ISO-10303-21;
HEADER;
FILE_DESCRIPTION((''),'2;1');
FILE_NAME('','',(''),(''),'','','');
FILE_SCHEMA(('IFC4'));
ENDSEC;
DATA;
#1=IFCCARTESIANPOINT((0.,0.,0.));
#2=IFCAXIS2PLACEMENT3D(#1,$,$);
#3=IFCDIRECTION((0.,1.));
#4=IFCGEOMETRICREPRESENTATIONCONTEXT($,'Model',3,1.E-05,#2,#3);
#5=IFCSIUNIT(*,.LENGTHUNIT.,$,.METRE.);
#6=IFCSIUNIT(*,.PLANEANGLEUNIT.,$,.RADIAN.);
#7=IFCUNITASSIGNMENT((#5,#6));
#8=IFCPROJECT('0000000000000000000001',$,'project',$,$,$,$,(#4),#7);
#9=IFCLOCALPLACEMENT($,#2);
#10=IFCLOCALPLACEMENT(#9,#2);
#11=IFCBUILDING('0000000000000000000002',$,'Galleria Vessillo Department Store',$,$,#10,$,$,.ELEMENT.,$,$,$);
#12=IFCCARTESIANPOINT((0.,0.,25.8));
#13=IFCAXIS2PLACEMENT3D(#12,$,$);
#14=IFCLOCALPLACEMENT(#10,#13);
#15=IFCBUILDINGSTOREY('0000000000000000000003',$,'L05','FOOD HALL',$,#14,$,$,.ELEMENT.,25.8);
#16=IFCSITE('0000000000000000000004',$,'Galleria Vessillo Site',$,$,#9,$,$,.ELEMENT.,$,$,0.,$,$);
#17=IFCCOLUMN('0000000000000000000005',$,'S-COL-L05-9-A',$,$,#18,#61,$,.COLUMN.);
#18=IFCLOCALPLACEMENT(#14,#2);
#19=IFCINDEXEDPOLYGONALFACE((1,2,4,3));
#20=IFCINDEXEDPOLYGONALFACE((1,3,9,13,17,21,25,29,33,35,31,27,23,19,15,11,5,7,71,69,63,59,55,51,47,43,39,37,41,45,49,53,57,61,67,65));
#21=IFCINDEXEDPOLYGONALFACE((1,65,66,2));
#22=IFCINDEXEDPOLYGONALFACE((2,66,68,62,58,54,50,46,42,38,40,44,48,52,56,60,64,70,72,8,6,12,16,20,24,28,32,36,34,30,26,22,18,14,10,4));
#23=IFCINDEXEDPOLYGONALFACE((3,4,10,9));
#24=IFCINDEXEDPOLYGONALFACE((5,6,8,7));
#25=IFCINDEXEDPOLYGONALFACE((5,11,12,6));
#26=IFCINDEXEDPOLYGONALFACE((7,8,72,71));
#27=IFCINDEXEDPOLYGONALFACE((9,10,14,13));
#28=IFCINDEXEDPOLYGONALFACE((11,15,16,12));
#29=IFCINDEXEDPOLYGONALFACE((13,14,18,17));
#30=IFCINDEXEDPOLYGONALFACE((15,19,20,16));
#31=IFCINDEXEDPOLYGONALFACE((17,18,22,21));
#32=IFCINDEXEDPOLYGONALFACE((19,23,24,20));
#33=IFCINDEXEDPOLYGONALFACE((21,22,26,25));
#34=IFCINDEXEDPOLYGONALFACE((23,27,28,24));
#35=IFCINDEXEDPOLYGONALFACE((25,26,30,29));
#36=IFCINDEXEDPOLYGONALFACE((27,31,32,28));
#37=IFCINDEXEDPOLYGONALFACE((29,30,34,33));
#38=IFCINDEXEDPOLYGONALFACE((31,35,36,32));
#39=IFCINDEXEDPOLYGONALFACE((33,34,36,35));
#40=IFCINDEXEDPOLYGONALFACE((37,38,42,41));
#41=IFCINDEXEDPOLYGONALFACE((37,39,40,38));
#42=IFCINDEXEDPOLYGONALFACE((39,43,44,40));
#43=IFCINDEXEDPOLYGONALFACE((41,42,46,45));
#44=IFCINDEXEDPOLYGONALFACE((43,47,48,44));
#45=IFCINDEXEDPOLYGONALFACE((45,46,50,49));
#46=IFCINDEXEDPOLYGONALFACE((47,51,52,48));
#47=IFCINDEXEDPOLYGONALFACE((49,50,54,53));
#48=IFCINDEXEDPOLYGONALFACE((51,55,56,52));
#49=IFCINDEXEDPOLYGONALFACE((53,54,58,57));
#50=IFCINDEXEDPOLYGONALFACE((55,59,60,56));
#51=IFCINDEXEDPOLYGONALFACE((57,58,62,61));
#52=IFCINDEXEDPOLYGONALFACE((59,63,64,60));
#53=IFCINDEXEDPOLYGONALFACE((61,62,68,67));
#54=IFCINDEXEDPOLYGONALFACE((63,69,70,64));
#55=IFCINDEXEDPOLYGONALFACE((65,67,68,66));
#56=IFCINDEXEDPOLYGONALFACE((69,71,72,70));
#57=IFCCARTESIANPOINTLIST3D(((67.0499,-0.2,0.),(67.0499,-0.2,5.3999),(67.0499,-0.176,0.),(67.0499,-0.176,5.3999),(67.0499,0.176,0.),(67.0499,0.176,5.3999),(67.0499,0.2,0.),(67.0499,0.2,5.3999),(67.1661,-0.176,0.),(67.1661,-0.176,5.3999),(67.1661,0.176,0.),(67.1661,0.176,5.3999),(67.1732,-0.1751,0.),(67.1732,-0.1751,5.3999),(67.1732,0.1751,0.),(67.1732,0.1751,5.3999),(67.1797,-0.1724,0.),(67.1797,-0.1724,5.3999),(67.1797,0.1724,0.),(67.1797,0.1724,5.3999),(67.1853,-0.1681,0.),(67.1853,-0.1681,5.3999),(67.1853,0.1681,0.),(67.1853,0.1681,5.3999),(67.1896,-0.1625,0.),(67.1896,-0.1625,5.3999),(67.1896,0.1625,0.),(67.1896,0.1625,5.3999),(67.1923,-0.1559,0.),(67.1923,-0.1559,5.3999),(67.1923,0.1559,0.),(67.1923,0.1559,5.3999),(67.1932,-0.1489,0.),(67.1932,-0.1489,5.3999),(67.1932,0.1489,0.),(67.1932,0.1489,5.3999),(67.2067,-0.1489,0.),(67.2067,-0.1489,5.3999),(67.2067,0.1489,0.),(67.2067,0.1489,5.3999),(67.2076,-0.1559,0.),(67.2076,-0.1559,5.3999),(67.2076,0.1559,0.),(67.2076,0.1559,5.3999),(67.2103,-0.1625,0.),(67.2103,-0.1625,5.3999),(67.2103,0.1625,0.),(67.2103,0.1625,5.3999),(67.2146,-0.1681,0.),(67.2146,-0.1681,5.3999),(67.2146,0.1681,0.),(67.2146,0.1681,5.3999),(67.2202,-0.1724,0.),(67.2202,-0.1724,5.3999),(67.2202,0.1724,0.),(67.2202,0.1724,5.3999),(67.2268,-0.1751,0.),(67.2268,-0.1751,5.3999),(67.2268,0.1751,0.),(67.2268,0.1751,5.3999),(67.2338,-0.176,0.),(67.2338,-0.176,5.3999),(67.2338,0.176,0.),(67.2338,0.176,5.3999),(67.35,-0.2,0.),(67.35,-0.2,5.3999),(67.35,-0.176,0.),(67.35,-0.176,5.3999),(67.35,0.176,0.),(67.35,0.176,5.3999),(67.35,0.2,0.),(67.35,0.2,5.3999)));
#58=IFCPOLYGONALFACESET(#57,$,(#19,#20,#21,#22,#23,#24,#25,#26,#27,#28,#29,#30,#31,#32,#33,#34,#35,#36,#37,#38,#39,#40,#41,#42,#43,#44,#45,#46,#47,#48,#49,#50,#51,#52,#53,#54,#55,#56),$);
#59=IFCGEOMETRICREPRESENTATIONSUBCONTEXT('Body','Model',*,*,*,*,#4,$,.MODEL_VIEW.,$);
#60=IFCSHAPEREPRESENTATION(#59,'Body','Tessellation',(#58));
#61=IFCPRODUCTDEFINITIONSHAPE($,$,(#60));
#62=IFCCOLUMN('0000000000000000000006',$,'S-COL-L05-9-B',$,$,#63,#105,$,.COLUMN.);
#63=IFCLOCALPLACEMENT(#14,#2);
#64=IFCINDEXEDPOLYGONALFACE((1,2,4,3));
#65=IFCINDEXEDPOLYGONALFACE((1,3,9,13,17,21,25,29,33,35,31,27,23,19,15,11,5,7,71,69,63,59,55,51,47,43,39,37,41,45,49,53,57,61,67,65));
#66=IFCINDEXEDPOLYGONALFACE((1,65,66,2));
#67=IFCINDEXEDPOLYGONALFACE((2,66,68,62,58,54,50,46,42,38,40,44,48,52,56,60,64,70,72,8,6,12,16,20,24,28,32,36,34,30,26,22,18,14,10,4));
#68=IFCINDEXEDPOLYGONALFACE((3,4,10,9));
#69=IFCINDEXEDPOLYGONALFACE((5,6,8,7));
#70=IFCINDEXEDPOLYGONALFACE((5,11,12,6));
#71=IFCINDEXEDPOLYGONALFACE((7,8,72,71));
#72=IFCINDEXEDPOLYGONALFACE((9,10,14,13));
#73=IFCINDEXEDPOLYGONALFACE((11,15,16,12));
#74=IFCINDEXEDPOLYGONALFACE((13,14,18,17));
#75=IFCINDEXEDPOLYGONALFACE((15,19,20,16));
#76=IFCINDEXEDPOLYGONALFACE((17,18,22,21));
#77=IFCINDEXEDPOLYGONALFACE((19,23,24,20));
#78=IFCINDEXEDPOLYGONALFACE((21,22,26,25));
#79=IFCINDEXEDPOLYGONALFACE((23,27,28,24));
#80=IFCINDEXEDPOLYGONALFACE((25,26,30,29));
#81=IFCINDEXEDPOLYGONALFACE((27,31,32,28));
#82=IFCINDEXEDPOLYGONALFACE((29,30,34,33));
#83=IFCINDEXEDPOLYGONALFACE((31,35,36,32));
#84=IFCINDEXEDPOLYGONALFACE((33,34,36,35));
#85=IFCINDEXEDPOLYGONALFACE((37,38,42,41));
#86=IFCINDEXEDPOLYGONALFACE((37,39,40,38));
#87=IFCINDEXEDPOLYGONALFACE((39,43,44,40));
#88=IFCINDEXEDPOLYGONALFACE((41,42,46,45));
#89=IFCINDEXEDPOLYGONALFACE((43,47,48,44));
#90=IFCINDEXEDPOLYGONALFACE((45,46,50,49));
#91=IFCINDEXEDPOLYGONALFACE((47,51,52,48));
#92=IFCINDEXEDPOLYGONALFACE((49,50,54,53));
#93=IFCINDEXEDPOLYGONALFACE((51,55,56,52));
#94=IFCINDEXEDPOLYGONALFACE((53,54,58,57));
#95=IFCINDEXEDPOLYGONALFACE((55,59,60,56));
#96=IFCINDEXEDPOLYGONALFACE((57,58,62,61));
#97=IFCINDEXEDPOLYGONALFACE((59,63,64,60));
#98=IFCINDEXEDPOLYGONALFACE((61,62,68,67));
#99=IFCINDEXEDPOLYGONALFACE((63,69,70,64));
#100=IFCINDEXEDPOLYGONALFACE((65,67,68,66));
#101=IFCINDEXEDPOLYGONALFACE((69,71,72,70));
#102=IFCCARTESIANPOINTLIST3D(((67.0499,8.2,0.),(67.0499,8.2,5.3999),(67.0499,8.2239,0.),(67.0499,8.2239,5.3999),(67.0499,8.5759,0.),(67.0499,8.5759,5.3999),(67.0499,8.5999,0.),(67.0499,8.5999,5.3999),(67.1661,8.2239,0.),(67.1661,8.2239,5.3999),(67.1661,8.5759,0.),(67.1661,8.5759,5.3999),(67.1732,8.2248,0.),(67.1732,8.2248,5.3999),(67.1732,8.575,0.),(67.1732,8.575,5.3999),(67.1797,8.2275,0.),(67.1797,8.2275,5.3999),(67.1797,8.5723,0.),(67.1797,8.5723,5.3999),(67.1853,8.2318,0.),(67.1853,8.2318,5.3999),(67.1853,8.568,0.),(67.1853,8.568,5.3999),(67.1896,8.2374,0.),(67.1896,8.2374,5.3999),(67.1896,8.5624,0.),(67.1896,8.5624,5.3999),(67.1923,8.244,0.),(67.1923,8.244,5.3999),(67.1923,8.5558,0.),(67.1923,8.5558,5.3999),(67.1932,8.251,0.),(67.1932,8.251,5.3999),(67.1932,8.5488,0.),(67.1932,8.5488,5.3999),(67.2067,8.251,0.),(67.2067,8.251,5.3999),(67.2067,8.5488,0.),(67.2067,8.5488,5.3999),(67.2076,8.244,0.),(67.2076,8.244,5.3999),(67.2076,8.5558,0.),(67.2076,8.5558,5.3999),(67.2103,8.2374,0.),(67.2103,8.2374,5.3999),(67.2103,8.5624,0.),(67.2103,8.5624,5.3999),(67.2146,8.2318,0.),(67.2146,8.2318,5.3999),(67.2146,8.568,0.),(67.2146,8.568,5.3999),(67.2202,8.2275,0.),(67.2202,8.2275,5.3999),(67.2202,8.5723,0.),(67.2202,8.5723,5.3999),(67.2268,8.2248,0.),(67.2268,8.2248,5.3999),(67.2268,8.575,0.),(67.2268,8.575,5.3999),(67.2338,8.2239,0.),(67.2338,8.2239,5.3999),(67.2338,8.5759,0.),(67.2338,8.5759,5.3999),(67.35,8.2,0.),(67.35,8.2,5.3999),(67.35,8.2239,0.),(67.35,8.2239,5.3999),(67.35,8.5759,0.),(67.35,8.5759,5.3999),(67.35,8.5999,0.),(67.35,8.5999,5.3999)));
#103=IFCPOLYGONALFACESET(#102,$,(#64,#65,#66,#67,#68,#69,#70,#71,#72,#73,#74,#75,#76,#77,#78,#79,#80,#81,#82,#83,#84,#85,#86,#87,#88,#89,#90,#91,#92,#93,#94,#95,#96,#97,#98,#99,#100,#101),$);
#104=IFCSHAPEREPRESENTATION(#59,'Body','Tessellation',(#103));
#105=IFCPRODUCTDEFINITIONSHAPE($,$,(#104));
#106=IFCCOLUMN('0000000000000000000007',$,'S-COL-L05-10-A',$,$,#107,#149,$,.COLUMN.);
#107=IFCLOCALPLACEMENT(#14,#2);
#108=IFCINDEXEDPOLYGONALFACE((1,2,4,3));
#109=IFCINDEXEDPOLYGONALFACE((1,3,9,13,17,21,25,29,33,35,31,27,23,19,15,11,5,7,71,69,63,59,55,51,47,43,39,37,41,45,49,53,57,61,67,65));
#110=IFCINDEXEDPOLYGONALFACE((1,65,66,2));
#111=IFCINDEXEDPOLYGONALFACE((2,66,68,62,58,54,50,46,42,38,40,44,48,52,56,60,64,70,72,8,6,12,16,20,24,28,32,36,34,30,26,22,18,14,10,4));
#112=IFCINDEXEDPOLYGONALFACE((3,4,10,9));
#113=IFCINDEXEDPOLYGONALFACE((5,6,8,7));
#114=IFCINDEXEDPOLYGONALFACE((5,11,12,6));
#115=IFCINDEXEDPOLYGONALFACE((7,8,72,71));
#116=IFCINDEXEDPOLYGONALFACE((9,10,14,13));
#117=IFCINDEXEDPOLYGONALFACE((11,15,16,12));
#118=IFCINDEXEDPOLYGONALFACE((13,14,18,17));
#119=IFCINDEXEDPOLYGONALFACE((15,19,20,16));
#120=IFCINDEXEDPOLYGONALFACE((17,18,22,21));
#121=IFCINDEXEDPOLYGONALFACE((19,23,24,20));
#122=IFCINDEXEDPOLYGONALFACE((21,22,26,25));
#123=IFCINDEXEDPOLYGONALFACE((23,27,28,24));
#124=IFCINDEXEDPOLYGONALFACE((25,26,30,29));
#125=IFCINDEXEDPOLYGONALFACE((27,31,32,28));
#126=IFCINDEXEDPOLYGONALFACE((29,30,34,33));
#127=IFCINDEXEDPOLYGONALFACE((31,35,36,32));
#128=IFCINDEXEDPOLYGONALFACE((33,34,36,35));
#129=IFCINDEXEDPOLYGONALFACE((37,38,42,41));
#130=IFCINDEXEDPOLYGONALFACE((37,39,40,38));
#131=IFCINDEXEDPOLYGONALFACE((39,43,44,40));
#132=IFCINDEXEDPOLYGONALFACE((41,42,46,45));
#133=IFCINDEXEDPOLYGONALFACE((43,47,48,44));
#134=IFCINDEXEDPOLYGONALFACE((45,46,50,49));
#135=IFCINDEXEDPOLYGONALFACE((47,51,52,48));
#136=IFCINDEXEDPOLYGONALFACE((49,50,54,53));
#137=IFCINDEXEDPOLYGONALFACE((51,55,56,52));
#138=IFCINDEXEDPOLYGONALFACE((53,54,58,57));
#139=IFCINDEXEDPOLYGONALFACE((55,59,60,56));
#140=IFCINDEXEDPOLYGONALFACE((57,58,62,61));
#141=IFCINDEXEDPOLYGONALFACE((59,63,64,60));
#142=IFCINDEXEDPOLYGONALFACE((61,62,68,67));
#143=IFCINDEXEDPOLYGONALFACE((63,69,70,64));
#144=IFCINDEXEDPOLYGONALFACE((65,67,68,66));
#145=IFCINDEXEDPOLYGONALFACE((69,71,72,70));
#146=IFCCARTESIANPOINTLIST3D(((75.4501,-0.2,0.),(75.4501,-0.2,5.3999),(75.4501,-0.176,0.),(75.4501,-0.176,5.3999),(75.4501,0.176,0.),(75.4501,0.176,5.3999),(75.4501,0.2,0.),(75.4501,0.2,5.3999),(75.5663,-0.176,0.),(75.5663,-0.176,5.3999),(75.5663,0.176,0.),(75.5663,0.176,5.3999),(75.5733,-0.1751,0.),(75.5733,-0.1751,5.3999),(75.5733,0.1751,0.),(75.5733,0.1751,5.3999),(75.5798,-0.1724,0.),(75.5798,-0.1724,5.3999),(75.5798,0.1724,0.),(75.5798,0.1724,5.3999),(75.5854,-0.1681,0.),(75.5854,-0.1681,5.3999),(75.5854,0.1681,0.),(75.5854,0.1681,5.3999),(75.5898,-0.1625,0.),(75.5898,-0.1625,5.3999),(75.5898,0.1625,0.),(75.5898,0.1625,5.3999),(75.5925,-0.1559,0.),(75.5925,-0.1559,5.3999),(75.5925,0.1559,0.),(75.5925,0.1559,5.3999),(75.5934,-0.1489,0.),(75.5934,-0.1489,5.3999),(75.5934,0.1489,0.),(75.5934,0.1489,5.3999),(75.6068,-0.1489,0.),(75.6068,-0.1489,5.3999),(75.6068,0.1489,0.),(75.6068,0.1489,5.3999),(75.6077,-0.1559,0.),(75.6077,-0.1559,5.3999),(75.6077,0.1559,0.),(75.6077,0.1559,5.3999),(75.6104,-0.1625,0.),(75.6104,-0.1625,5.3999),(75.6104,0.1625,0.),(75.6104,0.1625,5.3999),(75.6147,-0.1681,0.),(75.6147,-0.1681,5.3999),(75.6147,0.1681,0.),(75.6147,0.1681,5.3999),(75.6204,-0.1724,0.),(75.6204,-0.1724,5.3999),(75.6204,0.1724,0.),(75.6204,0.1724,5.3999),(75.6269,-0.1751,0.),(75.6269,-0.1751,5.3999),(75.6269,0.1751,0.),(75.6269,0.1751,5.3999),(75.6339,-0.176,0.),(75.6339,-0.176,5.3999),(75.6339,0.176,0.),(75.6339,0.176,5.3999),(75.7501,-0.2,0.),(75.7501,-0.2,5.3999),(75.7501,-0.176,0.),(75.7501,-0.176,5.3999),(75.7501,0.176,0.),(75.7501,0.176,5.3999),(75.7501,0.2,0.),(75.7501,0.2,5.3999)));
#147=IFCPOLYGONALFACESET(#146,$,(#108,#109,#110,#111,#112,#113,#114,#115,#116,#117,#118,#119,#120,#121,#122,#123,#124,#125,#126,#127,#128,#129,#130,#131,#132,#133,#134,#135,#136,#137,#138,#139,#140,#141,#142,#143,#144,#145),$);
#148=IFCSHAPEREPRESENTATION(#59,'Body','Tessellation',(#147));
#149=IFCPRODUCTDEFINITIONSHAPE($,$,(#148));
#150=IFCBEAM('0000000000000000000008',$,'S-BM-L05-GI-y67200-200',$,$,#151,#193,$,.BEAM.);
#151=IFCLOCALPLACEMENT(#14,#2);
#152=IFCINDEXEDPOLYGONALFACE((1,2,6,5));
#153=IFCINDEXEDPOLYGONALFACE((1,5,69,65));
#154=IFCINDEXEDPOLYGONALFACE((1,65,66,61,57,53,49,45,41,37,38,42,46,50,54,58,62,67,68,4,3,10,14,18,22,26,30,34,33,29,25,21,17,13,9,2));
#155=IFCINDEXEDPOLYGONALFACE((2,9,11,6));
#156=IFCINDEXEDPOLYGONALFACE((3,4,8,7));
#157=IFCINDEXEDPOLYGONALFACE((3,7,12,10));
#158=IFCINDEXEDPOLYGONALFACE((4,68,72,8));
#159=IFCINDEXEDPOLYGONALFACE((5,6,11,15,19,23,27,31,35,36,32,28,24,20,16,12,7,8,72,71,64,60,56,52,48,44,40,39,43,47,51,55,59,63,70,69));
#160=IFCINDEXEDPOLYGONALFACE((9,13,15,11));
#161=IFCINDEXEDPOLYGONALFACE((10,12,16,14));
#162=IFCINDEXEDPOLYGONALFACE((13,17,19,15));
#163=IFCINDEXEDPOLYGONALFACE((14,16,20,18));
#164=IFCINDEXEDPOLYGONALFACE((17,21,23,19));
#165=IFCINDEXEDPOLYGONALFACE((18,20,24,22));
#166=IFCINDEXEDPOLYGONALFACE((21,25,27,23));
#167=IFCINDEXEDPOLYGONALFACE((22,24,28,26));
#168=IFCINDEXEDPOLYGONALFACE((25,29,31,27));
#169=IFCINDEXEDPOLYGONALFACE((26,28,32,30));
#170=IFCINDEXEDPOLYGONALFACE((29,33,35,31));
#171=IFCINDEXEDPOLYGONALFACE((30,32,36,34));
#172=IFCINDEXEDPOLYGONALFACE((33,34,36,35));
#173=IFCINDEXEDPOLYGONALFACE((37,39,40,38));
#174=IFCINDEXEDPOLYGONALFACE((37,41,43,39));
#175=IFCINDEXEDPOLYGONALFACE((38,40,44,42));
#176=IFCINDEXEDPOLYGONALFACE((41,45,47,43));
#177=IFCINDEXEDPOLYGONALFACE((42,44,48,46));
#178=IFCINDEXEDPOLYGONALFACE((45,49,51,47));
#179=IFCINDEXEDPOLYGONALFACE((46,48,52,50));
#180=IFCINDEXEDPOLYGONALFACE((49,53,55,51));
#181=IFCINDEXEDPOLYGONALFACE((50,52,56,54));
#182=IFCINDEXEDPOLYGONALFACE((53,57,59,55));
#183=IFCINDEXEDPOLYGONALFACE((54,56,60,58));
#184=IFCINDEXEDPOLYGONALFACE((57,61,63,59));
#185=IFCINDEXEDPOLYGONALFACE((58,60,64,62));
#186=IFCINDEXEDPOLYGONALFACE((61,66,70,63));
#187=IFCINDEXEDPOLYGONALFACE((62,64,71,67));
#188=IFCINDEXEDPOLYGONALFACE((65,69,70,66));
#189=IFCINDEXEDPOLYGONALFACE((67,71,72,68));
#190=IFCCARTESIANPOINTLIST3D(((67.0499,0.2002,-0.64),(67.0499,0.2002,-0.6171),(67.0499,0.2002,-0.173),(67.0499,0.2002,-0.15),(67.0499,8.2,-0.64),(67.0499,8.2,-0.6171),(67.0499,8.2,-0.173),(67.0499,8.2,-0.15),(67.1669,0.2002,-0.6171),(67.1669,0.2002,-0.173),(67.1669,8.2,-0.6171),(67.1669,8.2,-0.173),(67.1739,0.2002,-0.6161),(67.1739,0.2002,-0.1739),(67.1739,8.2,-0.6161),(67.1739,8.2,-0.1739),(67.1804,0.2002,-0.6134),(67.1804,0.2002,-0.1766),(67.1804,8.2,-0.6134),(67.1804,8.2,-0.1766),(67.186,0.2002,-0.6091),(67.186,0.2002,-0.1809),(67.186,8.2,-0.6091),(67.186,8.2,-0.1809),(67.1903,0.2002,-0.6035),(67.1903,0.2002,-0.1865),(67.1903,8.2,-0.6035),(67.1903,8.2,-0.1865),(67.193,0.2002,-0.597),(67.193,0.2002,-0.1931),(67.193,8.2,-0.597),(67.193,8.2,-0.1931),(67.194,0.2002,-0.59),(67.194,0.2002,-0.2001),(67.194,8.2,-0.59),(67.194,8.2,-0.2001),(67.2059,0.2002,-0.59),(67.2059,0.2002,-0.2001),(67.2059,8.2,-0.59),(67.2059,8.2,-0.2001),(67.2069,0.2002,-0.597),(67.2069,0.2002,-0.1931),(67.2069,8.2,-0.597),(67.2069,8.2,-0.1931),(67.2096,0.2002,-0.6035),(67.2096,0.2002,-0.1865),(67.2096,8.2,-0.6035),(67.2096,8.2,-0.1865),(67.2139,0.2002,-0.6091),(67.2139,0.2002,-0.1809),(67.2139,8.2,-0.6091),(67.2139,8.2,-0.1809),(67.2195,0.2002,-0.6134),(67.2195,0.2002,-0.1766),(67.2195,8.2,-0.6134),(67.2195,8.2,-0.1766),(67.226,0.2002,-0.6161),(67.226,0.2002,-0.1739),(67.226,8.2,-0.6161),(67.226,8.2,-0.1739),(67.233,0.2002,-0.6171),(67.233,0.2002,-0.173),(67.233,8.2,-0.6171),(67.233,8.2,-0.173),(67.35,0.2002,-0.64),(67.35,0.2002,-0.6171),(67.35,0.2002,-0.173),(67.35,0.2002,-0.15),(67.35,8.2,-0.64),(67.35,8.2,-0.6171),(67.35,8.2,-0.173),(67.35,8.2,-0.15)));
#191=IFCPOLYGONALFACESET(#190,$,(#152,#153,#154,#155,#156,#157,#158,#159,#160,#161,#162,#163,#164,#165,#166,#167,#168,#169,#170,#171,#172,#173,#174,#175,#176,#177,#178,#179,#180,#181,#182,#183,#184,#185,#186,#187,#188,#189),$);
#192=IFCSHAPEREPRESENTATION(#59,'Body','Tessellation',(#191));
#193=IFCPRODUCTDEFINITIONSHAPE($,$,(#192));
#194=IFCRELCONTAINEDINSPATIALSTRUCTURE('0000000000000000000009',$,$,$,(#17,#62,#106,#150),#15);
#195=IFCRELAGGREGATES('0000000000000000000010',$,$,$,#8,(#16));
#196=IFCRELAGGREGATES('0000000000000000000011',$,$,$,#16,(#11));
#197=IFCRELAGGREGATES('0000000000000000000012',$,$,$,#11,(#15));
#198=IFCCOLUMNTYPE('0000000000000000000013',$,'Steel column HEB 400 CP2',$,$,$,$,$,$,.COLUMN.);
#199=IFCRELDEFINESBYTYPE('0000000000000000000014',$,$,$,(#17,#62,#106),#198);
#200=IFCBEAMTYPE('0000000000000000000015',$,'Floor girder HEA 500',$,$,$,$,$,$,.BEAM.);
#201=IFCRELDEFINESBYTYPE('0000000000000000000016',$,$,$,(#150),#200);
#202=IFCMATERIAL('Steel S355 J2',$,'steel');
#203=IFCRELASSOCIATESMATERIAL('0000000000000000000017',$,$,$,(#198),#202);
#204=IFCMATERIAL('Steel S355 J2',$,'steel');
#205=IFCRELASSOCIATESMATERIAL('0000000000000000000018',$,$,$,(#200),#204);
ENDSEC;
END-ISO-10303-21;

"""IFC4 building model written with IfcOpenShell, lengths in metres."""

from ifc_helpers import new_model, si_unit, direction, frame, origin, origin_2d, place, context, subcontext, project, spatial, i_section, extrude, material, material_profile, profile_set, type_object, element, save


model = new_model("IFC4")

# Units and contexts
model_context = context("Model", 3, precision=1e-05, world=origin(), true_north=direction((0.0, 1.0)))
body_context = subcontext(model_context, "Body", "Model", "MODEL_VIEW")
ifc_project = project(units=[si_unit("LENGTHUNIT", "METRE"), si_unit("PLANEANGLEUNIT", "RADIAN")], contexts=[model_context])

# Site, building, storey
site_placement = place(None, origin())
site = spatial("IfcSite", under=ifc_project, at=site_placement, Name="Galleria Vessillo Site", CompositionType="ELEMENT", RefElevation=0.0)
building_placement = place(site_placement, origin())
building = spatial("IfcBuilding", under=site, at=building_placement, Name="Galleria Vessillo Department Store", CompositionType="ELEMENT")
storey_placement = place(building_placement, frame((0.0, 0.0, 25.8)))
storey = spatial("IfcBuildingStorey", under=building, at=storey_placement, Name="L05", Description="FOOD HALL", CompositionType="ELEMENT", Elevation=25.8)

# Columns
ifc_material_1 = material(Name="Steel S355 J2", Category="steel")
ifc_material_profile_1 = material_profile(ifc_material_1, i_section(OverallWidth=0.3, OverallDepth=0.3999, WebThickness=0.0134, FlangeThickness=0.0239, FilletRadius=0.0271, at=origin_2d()), Name="HEB 400")
ifc_profile_set_1 = profile_set([ifc_material_profile_1], Name="Steel S355 J2")
column_type = type_object("IfcColumnType", Name="Steel column HEB 400 CP2", PredefinedType="COLUMN", material=ifc_profile_set_1)
for number, where, z_axis, x_axis, name in (
    (1, (67.2, 0.0, 0.0), (0.0, 0.0, 1.0), (1.0, 0.0, 0.0), "S-COL-L05-9-A"),
    (2, (67.2, 8.3999, 0.0), (0.0, 0.0, 1.0), (1.0, 0.0, 0.0), "S-COL-L05-9-B"),
    (3, (75.6001, 0.0, 0.0), (0.0, 0.0, 1.0), (1.0, 0.0, 0.0), "S-COL-L05-10-A"),
):
    element("IfcColumn", number, at=place(storey_placement, frame(where, z_axis=z_axis, x_axis=x_axis)), inside=storey, type_object=column_type, Name=name, PredefinedType="COLUMN", context=body_context, shape_type="SweptSolid", body=[
        extrude(i_section(OverallWidth=0.3, OverallDepth=0.3999, WebThickness=0.0134, FlangeThickness=0.0239, FilletRadius=0.0271, at=origin_2d()), origin(), (0.0, 0.0, 1.0), 5.3999),
    ])

# Beam
ifc_material_2 = material(Name="Steel S355 J2", Category="steel")
ifc_material_profile_2 = material_profile(ifc_material_2, i_section(OverallWidth=0.3, OverallDepth=0.49, WebThickness=0.012, FlangeThickness=0.0229, FilletRadius=0.0271, at=origin_2d()), Name="HEA 500")
ifc_profile_set_2 = profile_set([ifc_material_profile_2], Name="Steel S355 J2")
beam_type_1 = type_object("IfcBeamType", Name="Floor girder HEA 500", PredefinedType="BEAM", material=ifc_profile_set_2)
beam_placement = place(storey_placement, frame((67.2, 0.2002, -0.395), z_axis=(0.0, 1.0, 0.0), x_axis=(-1.0, 0.0, 0.0)))
element("IfcBeam", 4, at=beam_placement, inside=storey, type_object=beam_type_1, Name="S-BM-L05-GI-y67200-200", PredefinedType="BEAM", context=body_context, shape_type="SweptSolid", body=[
    extrude(i_section(OverallWidth=0.3, OverallDepth=0.49, WebThickness=0.012, FlangeThickness=0.0229, FilletRadius=0.0271, at=origin_2d()), origin(), (0.0, 0.0, 1.0), 7.9998),
])

save(model, "model.ifc")
